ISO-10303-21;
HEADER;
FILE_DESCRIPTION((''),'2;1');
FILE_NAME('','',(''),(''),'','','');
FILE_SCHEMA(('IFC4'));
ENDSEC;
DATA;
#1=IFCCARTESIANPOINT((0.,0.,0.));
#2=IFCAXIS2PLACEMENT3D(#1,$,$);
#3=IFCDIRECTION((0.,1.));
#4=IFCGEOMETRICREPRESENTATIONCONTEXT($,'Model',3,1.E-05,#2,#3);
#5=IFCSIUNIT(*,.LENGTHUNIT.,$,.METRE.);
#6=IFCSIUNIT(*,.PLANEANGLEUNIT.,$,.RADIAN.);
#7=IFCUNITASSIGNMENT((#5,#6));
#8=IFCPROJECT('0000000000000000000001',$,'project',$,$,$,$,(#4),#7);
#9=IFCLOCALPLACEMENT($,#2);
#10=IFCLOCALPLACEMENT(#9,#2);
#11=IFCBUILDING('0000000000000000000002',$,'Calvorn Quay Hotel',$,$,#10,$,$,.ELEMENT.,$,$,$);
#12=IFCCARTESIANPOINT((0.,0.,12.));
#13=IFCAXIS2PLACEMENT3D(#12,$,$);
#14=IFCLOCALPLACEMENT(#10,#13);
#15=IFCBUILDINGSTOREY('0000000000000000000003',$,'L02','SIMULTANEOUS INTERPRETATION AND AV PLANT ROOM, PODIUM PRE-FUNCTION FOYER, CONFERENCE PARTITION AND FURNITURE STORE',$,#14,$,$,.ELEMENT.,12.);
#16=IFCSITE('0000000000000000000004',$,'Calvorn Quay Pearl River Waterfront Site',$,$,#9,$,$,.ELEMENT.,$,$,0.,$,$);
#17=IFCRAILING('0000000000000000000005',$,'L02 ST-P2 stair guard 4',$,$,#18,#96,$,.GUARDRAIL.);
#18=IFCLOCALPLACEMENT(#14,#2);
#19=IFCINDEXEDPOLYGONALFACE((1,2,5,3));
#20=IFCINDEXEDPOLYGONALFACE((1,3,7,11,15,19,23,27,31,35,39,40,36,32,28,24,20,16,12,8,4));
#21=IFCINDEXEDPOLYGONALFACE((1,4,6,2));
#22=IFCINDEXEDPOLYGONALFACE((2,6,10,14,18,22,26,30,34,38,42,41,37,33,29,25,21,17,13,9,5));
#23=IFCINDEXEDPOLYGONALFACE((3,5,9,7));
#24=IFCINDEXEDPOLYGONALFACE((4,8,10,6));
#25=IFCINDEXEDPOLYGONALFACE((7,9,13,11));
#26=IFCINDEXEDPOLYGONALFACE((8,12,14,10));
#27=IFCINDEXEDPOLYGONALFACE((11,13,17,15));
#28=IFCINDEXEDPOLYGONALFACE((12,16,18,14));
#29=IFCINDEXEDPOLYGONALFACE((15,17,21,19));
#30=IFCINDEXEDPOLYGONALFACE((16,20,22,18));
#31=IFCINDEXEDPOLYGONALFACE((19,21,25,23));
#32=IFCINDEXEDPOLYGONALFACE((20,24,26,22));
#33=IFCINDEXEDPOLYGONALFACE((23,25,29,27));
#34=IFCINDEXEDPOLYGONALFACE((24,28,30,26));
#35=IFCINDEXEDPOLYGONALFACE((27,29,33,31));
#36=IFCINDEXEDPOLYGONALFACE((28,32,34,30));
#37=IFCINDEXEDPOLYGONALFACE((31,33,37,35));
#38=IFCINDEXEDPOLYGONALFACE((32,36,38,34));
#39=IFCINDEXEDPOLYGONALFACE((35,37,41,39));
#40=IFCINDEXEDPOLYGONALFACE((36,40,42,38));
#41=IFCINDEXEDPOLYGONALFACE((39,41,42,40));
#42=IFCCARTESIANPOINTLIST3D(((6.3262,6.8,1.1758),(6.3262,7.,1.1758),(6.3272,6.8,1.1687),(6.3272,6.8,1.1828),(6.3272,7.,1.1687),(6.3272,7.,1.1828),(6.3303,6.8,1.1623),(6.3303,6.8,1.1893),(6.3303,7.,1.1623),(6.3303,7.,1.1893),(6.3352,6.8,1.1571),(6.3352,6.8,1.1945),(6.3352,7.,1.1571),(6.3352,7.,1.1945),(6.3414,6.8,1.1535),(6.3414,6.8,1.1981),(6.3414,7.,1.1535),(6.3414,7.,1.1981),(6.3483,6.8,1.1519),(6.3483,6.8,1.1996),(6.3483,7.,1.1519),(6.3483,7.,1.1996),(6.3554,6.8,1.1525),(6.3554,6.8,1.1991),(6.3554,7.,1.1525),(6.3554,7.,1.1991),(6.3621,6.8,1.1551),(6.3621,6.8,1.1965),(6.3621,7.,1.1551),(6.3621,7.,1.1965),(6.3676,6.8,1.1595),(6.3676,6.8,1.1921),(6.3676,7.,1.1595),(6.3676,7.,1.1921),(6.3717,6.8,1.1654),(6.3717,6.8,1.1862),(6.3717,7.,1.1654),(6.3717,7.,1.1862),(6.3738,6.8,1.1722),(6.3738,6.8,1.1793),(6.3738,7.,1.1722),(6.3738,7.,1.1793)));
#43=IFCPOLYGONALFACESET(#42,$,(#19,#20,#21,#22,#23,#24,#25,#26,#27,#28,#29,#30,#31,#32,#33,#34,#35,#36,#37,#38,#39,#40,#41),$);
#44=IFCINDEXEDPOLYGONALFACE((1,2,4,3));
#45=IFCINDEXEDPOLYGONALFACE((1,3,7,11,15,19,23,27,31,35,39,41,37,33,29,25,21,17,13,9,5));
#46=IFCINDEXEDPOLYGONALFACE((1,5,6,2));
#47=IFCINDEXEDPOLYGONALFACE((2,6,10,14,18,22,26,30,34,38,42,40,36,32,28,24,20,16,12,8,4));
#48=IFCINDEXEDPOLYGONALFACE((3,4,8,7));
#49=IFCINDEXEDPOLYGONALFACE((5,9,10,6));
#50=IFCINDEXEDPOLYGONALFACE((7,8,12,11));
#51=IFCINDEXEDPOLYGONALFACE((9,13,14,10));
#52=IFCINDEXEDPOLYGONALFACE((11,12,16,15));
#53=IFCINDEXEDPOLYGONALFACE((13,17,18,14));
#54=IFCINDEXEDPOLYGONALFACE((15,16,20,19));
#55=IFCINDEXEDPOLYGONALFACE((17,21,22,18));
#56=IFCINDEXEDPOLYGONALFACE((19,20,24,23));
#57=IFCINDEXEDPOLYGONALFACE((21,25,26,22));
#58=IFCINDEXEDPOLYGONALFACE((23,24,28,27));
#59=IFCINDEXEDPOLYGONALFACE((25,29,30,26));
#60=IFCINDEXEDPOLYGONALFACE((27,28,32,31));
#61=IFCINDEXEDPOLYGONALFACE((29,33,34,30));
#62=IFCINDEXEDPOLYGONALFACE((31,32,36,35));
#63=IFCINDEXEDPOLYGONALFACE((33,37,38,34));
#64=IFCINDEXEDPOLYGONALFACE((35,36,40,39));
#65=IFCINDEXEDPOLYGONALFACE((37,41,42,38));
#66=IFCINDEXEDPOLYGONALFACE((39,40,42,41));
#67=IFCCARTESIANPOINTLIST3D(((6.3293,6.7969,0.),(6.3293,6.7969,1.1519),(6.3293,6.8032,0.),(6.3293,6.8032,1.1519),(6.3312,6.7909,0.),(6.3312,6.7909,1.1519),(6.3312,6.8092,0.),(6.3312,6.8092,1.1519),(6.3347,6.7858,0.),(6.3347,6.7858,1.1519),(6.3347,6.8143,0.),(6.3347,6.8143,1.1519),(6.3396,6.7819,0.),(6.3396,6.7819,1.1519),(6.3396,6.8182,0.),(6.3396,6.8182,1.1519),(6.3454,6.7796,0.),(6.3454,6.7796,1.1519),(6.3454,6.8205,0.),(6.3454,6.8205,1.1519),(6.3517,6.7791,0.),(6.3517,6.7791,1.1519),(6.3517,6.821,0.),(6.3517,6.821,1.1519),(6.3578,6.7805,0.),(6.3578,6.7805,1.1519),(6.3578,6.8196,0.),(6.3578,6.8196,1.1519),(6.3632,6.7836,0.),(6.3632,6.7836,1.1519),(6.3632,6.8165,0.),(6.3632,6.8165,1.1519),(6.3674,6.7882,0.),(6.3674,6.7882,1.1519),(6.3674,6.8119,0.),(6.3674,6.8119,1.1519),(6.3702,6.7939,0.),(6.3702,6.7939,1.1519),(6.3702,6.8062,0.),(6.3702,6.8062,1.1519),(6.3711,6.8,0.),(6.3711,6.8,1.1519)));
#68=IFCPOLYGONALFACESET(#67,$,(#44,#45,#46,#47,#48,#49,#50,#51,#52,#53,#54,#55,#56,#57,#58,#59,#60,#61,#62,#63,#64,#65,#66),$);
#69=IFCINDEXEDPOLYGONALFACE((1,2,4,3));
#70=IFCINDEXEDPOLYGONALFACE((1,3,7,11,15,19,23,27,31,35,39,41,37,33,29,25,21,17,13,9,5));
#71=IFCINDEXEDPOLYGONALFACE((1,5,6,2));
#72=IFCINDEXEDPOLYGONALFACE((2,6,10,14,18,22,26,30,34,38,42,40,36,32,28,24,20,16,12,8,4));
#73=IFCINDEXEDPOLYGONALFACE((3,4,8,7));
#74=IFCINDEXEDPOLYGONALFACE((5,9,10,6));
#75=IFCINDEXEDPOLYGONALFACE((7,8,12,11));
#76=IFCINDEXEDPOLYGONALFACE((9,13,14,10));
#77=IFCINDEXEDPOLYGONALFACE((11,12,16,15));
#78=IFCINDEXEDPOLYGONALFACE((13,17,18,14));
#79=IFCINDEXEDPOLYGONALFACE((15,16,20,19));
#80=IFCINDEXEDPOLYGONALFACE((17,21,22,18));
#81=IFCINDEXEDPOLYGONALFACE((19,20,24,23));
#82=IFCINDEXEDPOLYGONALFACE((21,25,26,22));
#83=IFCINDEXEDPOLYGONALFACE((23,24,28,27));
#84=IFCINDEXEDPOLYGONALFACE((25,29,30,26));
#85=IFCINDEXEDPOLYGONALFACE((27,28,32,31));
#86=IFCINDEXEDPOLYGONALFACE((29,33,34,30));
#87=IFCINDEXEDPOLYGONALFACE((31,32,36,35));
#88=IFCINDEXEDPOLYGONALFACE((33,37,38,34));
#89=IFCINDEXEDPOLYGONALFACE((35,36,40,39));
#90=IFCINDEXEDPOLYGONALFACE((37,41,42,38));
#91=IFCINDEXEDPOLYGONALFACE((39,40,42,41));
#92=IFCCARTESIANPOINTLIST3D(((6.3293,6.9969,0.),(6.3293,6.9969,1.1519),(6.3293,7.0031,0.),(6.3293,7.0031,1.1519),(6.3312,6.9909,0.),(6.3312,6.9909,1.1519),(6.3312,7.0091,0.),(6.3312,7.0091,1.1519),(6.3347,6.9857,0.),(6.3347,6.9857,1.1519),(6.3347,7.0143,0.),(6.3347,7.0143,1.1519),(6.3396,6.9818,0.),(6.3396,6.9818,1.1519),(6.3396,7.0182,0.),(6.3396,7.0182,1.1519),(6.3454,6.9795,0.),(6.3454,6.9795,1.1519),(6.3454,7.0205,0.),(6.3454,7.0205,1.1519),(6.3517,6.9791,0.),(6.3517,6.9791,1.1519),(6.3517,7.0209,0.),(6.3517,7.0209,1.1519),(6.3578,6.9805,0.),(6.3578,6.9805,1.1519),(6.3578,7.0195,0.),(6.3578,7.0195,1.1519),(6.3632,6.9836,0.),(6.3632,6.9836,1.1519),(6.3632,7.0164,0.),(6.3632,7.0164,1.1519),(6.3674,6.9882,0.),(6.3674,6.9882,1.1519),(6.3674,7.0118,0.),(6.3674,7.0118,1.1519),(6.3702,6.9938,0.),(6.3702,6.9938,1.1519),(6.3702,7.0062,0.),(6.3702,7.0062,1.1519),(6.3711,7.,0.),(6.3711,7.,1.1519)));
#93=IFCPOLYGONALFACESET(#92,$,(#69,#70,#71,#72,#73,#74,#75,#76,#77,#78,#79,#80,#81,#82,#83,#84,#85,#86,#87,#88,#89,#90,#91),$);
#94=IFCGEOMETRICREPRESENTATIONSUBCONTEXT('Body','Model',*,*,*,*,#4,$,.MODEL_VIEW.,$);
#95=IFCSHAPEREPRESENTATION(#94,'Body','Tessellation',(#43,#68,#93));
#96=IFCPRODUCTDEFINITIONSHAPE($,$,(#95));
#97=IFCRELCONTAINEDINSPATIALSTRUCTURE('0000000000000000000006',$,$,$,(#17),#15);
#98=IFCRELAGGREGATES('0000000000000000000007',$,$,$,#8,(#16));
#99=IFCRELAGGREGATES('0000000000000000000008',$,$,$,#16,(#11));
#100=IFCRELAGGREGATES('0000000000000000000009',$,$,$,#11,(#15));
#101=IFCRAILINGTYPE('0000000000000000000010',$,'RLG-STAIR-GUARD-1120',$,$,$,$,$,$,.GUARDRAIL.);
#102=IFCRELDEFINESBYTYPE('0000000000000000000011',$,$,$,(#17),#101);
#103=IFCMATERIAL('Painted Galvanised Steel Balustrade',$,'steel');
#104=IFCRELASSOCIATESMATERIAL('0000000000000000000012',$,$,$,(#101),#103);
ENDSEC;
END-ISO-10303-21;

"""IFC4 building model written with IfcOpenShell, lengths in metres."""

from ifc_helpers import new_model, si_unit, direction, frame, origin, origin_2d, place, context, subcontext, project, spatial, circle, extrude, material, type_object, element, save


model = new_model("IFC4")

# Units and contexts
model_context = context("Model", 3, precision=1e-05, world=origin(), true_north=direction((0.0, 1.0)))
body_context = subcontext(model_context, "Body", "Model", "MODEL_VIEW")
ifc_project = project(units=[si_unit("LENGTHUNIT", "METRE"), si_unit("PLANEANGLEUNIT", "RADIAN")], contexts=[model_context])

# Site, building, storey
site_placement = place(None, origin())
site = spatial("IfcSite", under=ifc_project, at=site_placement, Name="Calvorn Quay Pearl River Waterfront Site", CompositionType="ELEMENT", RefElevation=0.0)
building_placement = place(site_placement, origin())
building = spatial("IfcBuilding", under=site, at=building_placement, Name="Calvorn Quay Hotel", CompositionType="ELEMENT")
storey_placement = place(building_placement, frame((0.0, 0.0, 12.0)))
storey = spatial("IfcBuildingStorey", under=building, at=storey_placement, Name="L02", Description="SIMULTANEOUS INTERPRETATION AND AV PLANT ROOM, PODIUM PRE-FUNCTION FOYER, CONFERENCE PARTITION AND FURNITURE STORE", CompositionType="ELEMENT", Elevation=12.0)

# Railing
ifc_material_1 = material(Name="Painted Galvanised Steel Balustrade", Category="steel")
railing_type_1 = type_object("IfcRailingType", Name="RLG-STAIR-GUARD-1120", PredefinedType="GUARDRAIL", material=ifc_material_1)
railing_1_placement = place(storey_placement, frame((6.3501, 6.8, 0.0)))
element("IfcRailing", 1, at=railing_1_placement, inside=storey, type_object=railing_type_1, Name="L02 ST-P2 stair guard 4", PredefinedType="GUARDRAIL", context=body_context, shape_type="SweptSolid", body=[
    extrude(circle(Radius=0.0239, at=origin_2d()), frame((0.0, 0.0, 1.1758), z_axis=(0.0, 1.0, 0.0), x_axis=(-1.0, 0.0, 0.0)), (0.0, 0.0, 1.0), 0.2),
    extrude(circle(Radius=0.021, at=origin_2d()), origin(), (0.0, 0.0, 1.0), 1.1519),
    extrude(circle(Radius=0.021, at=origin_2d()), frame((0.0, 0.2, 0.0)), (0.0, 0.0, 1.0), 1.1519),
])

save(model, "model.ifc")
